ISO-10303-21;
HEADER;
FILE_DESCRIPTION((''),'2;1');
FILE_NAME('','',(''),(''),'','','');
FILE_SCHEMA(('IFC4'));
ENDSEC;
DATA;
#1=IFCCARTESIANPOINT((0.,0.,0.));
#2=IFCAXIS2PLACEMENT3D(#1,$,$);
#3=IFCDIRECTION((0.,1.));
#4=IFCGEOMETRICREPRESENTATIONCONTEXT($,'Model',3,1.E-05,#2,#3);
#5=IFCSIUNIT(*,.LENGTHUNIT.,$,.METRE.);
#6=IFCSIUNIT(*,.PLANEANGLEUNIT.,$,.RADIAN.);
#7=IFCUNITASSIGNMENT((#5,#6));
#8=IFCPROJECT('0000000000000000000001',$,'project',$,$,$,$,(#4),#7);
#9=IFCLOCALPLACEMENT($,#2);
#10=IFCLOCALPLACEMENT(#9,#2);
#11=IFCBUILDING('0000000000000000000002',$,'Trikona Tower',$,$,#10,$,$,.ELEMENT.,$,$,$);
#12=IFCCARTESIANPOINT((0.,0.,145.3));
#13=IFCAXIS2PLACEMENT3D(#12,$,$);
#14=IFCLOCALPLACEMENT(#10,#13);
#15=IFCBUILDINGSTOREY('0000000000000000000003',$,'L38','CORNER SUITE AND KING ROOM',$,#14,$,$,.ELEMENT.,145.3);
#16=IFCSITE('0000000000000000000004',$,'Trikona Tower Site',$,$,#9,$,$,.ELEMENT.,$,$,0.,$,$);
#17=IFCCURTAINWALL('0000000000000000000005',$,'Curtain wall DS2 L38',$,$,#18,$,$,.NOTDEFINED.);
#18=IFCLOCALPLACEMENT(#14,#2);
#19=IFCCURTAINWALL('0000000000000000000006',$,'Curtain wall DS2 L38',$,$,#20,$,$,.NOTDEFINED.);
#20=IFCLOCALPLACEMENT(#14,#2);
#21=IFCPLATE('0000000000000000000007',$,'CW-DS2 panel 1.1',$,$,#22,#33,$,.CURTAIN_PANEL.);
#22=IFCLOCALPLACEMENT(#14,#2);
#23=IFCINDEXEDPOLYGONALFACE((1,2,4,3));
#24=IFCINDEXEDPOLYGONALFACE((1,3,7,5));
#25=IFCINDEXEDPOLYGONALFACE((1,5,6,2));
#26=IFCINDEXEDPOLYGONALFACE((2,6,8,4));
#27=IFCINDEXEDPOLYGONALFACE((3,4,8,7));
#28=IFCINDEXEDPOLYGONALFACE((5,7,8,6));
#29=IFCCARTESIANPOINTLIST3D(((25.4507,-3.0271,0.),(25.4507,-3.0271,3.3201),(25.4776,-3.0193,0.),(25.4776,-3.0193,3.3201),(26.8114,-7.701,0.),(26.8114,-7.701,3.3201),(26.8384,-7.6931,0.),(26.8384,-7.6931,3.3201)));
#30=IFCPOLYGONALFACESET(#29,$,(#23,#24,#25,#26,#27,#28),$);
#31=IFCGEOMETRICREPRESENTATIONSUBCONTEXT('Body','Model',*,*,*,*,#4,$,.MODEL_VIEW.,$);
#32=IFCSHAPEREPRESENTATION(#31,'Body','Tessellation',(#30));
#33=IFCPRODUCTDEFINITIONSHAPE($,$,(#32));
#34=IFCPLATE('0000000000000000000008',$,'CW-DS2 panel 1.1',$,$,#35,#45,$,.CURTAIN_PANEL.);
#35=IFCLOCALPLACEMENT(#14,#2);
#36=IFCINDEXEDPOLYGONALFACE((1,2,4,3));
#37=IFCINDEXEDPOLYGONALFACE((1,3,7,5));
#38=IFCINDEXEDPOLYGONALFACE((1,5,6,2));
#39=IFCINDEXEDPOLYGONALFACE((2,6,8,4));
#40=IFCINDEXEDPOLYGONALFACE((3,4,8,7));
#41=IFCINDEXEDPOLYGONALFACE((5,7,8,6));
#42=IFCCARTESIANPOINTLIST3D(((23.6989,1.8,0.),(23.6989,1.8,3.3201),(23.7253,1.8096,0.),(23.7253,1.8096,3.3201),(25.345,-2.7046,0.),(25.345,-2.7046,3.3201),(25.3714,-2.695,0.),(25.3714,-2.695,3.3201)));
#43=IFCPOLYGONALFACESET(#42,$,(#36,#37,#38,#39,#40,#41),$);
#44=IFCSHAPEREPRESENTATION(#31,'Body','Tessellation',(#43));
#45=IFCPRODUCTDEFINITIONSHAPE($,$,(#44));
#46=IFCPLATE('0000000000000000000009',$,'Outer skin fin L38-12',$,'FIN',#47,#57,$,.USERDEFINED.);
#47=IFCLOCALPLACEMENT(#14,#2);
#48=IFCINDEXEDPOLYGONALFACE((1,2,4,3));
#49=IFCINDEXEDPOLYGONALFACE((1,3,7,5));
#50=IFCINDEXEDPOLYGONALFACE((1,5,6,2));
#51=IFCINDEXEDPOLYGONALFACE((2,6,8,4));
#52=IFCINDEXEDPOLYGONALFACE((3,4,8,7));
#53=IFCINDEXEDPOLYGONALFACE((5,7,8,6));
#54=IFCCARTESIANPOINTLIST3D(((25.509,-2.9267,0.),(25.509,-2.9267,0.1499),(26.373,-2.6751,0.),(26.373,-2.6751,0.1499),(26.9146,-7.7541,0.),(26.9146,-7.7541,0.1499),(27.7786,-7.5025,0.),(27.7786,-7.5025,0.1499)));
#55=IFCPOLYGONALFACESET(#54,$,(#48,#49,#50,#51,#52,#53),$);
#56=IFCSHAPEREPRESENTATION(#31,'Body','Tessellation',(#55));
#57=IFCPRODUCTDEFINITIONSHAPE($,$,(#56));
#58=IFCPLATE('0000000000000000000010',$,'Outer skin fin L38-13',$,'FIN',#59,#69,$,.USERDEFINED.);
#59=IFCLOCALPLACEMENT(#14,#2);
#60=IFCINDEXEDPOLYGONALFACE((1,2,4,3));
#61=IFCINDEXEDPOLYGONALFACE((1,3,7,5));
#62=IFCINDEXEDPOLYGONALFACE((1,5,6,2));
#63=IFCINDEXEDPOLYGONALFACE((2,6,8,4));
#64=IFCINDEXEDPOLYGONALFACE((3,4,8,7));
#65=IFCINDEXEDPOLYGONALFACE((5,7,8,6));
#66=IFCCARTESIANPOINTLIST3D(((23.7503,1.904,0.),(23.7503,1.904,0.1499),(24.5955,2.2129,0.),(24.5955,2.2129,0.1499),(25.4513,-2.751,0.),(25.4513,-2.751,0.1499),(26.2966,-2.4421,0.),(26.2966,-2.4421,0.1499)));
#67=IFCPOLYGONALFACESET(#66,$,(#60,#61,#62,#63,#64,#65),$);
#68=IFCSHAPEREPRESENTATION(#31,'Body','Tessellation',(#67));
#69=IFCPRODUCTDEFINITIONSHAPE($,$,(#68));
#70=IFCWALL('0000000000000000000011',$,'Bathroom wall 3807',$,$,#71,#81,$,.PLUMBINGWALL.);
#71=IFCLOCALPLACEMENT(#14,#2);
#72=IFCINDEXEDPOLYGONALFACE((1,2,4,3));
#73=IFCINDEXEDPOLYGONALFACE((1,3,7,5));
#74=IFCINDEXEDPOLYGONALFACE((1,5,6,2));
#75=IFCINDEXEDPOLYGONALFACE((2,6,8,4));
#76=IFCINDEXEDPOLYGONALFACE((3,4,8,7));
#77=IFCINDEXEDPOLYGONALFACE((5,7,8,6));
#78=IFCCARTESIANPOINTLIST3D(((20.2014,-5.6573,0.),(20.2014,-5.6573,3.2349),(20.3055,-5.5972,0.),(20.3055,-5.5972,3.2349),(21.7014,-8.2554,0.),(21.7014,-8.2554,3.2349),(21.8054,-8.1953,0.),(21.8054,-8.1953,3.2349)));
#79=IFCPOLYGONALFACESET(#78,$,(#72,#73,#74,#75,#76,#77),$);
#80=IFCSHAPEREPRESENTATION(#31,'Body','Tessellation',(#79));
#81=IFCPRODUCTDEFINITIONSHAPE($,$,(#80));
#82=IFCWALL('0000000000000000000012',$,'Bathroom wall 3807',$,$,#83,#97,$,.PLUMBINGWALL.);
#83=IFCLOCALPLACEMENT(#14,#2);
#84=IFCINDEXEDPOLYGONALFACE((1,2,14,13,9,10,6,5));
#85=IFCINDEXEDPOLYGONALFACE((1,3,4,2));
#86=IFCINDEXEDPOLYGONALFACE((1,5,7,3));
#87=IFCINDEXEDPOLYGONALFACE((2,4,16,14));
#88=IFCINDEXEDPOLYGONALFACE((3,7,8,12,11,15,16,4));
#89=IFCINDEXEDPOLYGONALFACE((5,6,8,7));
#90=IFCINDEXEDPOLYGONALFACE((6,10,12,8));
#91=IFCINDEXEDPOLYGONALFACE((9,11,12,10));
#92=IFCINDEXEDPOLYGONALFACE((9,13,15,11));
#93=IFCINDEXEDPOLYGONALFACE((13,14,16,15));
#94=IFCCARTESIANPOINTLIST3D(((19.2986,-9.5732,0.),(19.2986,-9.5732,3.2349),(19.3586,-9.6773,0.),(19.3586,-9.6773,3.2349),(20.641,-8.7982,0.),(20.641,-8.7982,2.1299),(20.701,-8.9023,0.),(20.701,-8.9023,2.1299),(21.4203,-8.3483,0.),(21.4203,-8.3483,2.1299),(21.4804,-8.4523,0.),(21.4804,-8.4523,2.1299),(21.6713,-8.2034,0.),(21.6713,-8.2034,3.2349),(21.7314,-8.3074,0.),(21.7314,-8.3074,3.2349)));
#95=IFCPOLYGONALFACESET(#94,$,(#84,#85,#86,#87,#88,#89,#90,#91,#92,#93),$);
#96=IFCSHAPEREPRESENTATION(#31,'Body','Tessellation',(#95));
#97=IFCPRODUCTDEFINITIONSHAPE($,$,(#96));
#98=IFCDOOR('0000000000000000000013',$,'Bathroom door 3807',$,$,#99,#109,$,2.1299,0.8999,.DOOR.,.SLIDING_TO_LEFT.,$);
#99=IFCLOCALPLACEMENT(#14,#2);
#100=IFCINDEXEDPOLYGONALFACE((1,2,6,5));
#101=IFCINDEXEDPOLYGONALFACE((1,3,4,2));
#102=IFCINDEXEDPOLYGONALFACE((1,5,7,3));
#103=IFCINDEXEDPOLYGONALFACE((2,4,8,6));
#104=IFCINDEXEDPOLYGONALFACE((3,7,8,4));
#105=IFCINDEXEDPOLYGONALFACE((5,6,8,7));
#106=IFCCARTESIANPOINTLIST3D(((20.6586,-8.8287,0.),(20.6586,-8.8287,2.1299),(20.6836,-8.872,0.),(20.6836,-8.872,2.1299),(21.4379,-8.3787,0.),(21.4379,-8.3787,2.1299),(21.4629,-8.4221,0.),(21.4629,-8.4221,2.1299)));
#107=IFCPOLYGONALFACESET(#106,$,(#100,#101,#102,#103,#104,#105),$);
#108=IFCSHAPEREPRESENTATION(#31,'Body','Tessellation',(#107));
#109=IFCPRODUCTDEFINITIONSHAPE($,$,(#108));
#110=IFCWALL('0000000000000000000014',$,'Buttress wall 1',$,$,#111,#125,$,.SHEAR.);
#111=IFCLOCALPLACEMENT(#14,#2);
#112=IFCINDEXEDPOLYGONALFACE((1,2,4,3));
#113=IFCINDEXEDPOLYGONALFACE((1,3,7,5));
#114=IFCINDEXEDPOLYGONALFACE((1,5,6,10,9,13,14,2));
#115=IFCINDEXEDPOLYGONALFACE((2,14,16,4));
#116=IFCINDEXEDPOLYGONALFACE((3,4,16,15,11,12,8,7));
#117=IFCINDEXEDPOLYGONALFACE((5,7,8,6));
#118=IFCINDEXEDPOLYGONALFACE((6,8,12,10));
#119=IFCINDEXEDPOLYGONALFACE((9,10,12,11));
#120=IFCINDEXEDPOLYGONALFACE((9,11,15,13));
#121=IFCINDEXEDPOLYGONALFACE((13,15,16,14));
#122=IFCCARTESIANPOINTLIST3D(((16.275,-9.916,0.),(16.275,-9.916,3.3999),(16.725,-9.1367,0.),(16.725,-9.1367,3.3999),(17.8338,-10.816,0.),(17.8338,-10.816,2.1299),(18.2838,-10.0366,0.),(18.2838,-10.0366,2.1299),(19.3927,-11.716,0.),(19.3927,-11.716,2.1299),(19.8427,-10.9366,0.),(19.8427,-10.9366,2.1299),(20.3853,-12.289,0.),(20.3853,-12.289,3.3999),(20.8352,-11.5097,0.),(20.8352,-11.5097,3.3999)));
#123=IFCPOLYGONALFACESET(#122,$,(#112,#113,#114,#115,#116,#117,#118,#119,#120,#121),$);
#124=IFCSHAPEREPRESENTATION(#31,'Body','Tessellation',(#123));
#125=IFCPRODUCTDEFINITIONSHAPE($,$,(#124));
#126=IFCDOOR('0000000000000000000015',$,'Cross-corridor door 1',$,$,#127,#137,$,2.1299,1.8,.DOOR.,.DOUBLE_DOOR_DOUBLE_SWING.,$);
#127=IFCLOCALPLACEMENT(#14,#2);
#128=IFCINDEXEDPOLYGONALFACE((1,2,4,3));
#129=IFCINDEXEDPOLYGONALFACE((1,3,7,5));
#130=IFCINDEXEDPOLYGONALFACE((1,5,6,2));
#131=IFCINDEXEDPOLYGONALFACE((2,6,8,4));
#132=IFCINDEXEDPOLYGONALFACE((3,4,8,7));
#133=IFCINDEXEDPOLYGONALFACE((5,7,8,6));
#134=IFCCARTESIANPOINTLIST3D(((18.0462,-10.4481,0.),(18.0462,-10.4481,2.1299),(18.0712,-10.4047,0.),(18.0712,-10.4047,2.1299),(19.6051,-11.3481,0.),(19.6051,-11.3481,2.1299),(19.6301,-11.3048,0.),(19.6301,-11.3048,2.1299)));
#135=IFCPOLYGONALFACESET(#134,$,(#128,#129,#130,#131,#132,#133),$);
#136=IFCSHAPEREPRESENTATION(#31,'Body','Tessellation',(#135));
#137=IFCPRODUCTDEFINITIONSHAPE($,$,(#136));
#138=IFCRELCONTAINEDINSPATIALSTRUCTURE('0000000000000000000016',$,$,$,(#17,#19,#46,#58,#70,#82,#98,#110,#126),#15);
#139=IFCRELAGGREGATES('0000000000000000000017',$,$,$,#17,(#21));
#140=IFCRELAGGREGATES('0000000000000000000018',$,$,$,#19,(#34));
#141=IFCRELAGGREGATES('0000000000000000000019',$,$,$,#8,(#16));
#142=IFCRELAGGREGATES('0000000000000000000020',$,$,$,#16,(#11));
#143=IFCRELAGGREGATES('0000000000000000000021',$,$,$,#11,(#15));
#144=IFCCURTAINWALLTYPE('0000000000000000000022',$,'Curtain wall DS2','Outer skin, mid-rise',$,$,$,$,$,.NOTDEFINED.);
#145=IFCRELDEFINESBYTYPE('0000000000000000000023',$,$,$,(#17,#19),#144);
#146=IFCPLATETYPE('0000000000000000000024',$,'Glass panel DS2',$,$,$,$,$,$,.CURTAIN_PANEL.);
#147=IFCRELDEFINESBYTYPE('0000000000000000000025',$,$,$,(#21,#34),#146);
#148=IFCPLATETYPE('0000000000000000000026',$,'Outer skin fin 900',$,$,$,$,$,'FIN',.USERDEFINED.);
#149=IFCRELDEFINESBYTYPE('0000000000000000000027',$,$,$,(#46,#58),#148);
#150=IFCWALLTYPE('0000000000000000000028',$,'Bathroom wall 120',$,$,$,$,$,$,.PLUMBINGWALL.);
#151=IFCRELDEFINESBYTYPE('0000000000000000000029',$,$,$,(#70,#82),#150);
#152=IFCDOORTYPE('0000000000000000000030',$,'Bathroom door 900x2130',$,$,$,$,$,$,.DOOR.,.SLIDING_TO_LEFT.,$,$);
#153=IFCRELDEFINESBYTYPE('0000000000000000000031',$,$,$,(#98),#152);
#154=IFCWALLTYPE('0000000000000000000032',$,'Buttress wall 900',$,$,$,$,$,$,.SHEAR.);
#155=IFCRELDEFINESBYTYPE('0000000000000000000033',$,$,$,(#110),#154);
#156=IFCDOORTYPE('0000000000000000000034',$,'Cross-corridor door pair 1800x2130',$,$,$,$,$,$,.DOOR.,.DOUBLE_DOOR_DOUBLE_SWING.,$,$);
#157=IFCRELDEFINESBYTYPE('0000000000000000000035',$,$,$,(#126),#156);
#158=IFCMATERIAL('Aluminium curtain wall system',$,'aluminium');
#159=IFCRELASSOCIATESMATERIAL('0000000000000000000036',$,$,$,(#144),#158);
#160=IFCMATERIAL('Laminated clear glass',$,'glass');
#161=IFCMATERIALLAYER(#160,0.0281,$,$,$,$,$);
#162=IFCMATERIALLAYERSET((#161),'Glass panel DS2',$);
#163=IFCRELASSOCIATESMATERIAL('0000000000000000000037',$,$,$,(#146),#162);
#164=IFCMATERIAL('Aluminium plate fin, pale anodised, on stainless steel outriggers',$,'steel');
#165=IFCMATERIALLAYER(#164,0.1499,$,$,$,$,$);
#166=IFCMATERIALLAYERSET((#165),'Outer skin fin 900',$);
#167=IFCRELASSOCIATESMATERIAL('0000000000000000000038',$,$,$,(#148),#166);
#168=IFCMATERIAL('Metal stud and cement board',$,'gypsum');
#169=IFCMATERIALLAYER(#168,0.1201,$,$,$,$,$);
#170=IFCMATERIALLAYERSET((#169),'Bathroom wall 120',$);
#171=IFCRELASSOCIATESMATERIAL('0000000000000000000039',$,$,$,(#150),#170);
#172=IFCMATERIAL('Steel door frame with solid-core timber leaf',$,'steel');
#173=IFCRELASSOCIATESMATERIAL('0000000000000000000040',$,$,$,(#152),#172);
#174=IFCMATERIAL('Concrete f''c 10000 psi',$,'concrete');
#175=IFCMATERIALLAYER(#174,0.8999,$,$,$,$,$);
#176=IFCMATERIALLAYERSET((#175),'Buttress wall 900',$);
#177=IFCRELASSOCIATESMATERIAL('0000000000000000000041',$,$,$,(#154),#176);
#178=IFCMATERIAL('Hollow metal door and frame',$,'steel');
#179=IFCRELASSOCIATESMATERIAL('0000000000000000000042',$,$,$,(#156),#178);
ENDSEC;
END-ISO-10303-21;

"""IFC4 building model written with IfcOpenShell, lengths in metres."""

from ifc_helpers import new_model, si_unit, direction, frame, frame_2d, origin, origin_2d, place, context, subcontext, project, spatial, rectangle, extrude, material, layer, layer_set, type_object, element, fill, aggregate, save


model = new_model("IFC4")

# Units and contexts
model_context = context("Model", 3, precision=1e-05, world=origin(), true_north=direction((0.0, 1.0)))
body_context = subcontext(model_context, "Body", "Model", "MODEL_VIEW")
ifc_project = project(units=[si_unit("LENGTHUNIT", "METRE"), si_unit("PLANEANGLEUNIT", "RADIAN")], contexts=[model_context])

# Site, building, storey
site_placement = place(None, origin())
site = spatial("IfcSite", under=ifc_project, at=site_placement, Name="Trikona Tower Site", CompositionType="ELEMENT", RefElevation=0.0)
building_placement = place(site_placement, origin())
building = spatial("IfcBuilding", under=site, at=building_placement, Name="Trikona Tower", CompositionType="ELEMENT")
storey_placement = place(building_placement, frame((0.0, 0.0, 145.3)))
storey = spatial("IfcBuildingStorey", under=building, at=storey_placement, Name="L38", Description="CORNER SUITE AND KING ROOM", CompositionType="ELEMENT", Elevation=145.3)

# Curtain wall
ifc_material_1 = material(Name="Aluminium curtain wall system", Category="aluminium")
curtain_wall_type = type_object("IfcCurtainWallType", Name="Curtain wall DS2", Description="Outer skin, mid-rise", PredefinedType="NOTDEFINED", material=ifc_material_1)
curtain_wall_1_placement = place(storey_placement, origin())
curtain_wall_1 = element("IfcCurtainWall", 1, at=curtain_wall_1_placement, inside=storey, type_object=curtain_wall_type, Name="Curtain wall DS2 L38", PredefinedType="NOTDEFINED")

# Curtain wall
curtain_wall_2_placement = place(storey_placement, origin())
curtain_wall_2 = element("IfcCurtainWall", 2, at=curtain_wall_2_placement, inside=storey, type_object=curtain_wall_type, Name="Curtain wall DS2 L38", PredefinedType="NOTDEFINED")

# Plates
ifc_material_2 = material(Name="Laminated clear glass", Category="glass")
ifc_layer_1 = layer(ifc_material_2, 0.0281)
ifc_layer_set_1 = layer_set([ifc_layer_1], Name="Glass panel DS2")
plate_type_1 = type_object("IfcPlateType", Name="Glass panel DS2", PredefinedType="CURTAIN_PANEL", material=ifc_layer_set_1)
plate_1_placement = place(storey_placement, frame((26.1445, -5.3601, 0.0), z_axis=(0.0, 0.0, 1.0), x_axis=(-0.279543, 0.960133, 0.0)))
plate_1 = element("IfcPlate", 3, at=plate_1_placement, type_object=plate_type_1, Name="CW-DS2 panel 1.1", PredefinedType="CURTAIN_PANEL", context=body_context, shape_type="SweptSolid", body=[
    extrude(rectangle(XDim=4.8679, YDim=0.0281, at=origin_2d()), origin(), (0.0, 0.0, 1.0), 3.3201),
])
aggregate(curtain_wall_1, [plate_1])
plate_2_placement = place(storey_placement, frame((24.5352, -0.4475, 0.0), z_axis=(0.0, 0.0, 1.0), x_axis=(-0.343223, 0.939254, 0.0)))
plate_2 = element("IfcPlate", 4, at=plate_2_placement, type_object=plate_type_1, Name="CW-DS2 panel 1.1", PredefinedType="CURTAIN_PANEL", context=body_context, shape_type="SweptSolid", body=[
    extrude(rectangle(XDim=4.7959, YDim=0.0281, at=origin_2d()), origin(), (0.0, 0.0, 1.0), 3.3201),
])
aggregate(curtain_wall_2, [plate_2])

# Plates
ifc_material_3 = material(Name="Aluminium plate fin, pale anodised, on stainless steel outriggers", Category="steel")
ifc_layer_2 = layer(ifc_material_3, 0.1499)
ifc_layer_set_2 = layer_set([ifc_layer_2], Name="Outer skin fin 900")
plate_type_2 = type_object("IfcPlateType", Name="Outer skin fin 900", ElementType="FIN", PredefinedType="USERDEFINED", material=ifc_layer_set_2)
plate_3_placement = place(storey_placement, frame((26.6438, -5.2146, 0.0), z_axis=(0.0, 0.0, 1.0), x_axis=(-0.279554, 0.96013, 0.0)))
element("IfcPlate", 5, at=plate_3_placement, inside=storey, type_object=plate_type_2, Name="Outer skin fin L38-12", ObjectType="FIN", PredefinedType="USERDEFINED", context=body_context, shape_type="SweptSolid", body=[
    extrude(rectangle(XDim=5.0278, YDim=0.8999, at=origin_2d()), origin(), (0.0, 0.0, 1.0), 0.1499),
])
plate_4_placement = place(storey_placement, frame((25.0234, -0.269, 0.0), z_axis=(0.0, 0.0, 1.0), x_axis=(-0.34322, 0.939255, 0.0)))
element("IfcPlate", 6, at=plate_4_placement, inside=storey, type_object=plate_type_2, Name="Outer skin fin L38-13", ObjectType="FIN", PredefinedType="USERDEFINED", context=body_context, shape_type="SweptSolid", body=[
    extrude(rectangle(XDim=4.9561, YDim=0.8999, at=origin_2d()), origin(), (0.0, 0.0, 1.0), 0.1499),
])

# Wall
ifc_material_4 = material(Name="Metal stud and cement board", Category="gypsum")
ifc_layer_3 = layer(ifc_material_4, 0.1201)
ifc_layer_set_3 = layer_set([ifc_layer_3], Name="Bathroom wall 120")
wall_type_1 = type_object("IfcWallType", Name="Bathroom wall 120", PredefinedType="PLUMBINGWALL", material=ifc_layer_set_3)
wall_1_placement = place(storey_placement, frame((21.7534, -8.2253, 0.0), z_axis=(0.0, 0.0, 1.0), x_axis=(-0.49999, 0.866031, 0.0)))
element("IfcWall", 7, at=wall_1_placement, inside=storey, type_object=wall_type_1, Name="Bathroom wall 3807", PredefinedType="PLUMBINGWALL", context=body_context, shape_type="SweptSolid", body=[
    extrude(rectangle(XDim=3.0, YDim=0.1201, at=frame_2d((1.5, 0.0))), origin(), (0.0, 0.0, 1.0), 3.2349),
])

# Walls, openings, doors
wall_2_placement = place(storey_placement, frame((19.3286, -9.6252, 0.0), z_axis=(0.0, 0.0, 1.0), x_axis=(0.866036, 0.499982, 0.0)))
wall_2 = element("IfcWall", 8, at=wall_2_placement, inside=storey, type_object=wall_type_1, Name="Bathroom wall 3807", PredefinedType="PLUMBINGWALL", context=body_context, shape_type="SweptSolid", body=[
    extrude(rectangle(XDim=2.7397, YDim=0.1201, at=frame_2d((1.3699, 0.0))), origin(), (0.0, 0.0, 1.0), 3.2349),
])
opening_1_placement = place(wall_2_placement, frame((1.55, 0.0, 0.0)))
opening_1 = element("IfcOpeningElement", 9, at=opening_1_placement, cuts=wall_2, PredefinedType="OPENING", context=body_context, shape_type="SweptSolid", body=[
    extrude(rectangle(XDim=0.8999, YDim=2.1299, at=frame_2d((0.45, 1.0649))), frame((0.0, 0.0701, 0.0), z_axis=(0.0, -1.0, 0.0), x_axis=(1.0, 0.0, 0.0)), (0.0, 0.0, 1.0), 0.1401),
])
ifc_material_5 = material(Name="Steel door frame with solid-core timber leaf", Category="steel")
door_type_1 = type_object("IfcDoorType", Name="Bathroom door 900x2130", OperationType="SLIDING_TO_LEFT", PredefinedType="DOOR", material=ifc_material_5)
door_1_placement = place(opening_1_placement, origin())
door_1 = element("IfcDoor", 10, at=door_1_placement, inside=storey, type_object=door_type_1, Name="Bathroom door 3807", OperationType="SLIDING_TO_LEFT", OverallHeight=2.1299, OverallWidth=0.8999, PredefinedType="DOOR", context=body_context, shape_type="SweptSolid", body=[
    extrude(rectangle(XDim=0.8999, YDim=2.1299, at=frame_2d((0.45, 1.0649))), frame((0.0, 0.0249, 0.0), z_axis=(0.0, -1.0, 0.0), x_axis=(1.0, 0.0, 0.0)), (0.0, 0.0, 1.0), 0.05),
])
fill(opening_1, door_1)
ifc_material_6 = material(Name="Concrete f'c 10000 psi", Category="concrete")
ifc_layer_4 = layer(ifc_material_6, 0.8999)
ifc_layer_set_4 = layer_set([ifc_layer_4], Name="Buttress wall 900")
wall_type_2 = type_object("IfcWallType", Name="Buttress wall 900", PredefinedType="SHEAR", material=ifc_layer_set_4)
wall_3_placement = place(storey_placement, frame((16.5, -9.5264, 0.0), z_axis=(0.0, 0.0, 1.0), x_axis=(0.866031, -0.49999, 0.0)))
wall_3 = element("IfcWall", 11, at=wall_3_placement, inside=storey, type_object=wall_type_2, Name="Buttress wall 1", PredefinedType="SHEAR", context=body_context, shape_type="SweptSolid", body=[
    extrude(rectangle(XDim=4.7461, YDim=0.8999, at=frame_2d((2.373, 0.0))), origin(), (0.0, 0.0, 1.0), 3.3999),
])
opening_2_placement = place(wall_3_placement, frame((1.8, 0.0, 0.0)))
opening_2 = element("IfcOpeningElement", 12, at=opening_2_placement, cuts=wall_3, PredefinedType="OPENING", context=body_context, shape_type="SweptSolid", body=[
    extrude(rectangle(XDim=1.8, YDim=2.1299, at=frame_2d((0.8999, 1.0649))), frame((0.0, 0.46, 0.0), z_axis=(0.0, -1.0, 0.0), x_axis=(1.0, 0.0, 0.0)), (0.0, 0.0, 1.0), 0.9199),
])
ifc_material_7 = material(Name="Hollow metal door and frame", Category="steel")
door_type_2 = type_object("IfcDoorType", Name="Cross-corridor door pair 1800x2130", OperationType="DOUBLE_DOOR_DOUBLE_SWING", PredefinedType="DOOR", material=ifc_material_7)
door_2_placement = place(opening_2_placement, origin())
door_2 = element("IfcDoor", 13, at=door_2_placement, inside=storey, type_object=door_type_2, Name="Cross-corridor door 1", OperationType="DOUBLE_DOOR_DOUBLE_SWING", OverallHeight=2.1299, OverallWidth=1.8, PredefinedType="DOOR", context=body_context, shape_type="SweptSolid", body=[
    extrude(rectangle(XDim=1.8, YDim=2.1299, at=frame_2d((0.8999, 1.0649))), frame((0.0, 0.0249, 0.0), z_axis=(0.0, -1.0, 0.0), x_axis=(1.0, 0.0, 0.0)), (0.0, 0.0, 1.0), 0.05),
])
fill(opening_2, door_2)

save(model, "model.ifc")
